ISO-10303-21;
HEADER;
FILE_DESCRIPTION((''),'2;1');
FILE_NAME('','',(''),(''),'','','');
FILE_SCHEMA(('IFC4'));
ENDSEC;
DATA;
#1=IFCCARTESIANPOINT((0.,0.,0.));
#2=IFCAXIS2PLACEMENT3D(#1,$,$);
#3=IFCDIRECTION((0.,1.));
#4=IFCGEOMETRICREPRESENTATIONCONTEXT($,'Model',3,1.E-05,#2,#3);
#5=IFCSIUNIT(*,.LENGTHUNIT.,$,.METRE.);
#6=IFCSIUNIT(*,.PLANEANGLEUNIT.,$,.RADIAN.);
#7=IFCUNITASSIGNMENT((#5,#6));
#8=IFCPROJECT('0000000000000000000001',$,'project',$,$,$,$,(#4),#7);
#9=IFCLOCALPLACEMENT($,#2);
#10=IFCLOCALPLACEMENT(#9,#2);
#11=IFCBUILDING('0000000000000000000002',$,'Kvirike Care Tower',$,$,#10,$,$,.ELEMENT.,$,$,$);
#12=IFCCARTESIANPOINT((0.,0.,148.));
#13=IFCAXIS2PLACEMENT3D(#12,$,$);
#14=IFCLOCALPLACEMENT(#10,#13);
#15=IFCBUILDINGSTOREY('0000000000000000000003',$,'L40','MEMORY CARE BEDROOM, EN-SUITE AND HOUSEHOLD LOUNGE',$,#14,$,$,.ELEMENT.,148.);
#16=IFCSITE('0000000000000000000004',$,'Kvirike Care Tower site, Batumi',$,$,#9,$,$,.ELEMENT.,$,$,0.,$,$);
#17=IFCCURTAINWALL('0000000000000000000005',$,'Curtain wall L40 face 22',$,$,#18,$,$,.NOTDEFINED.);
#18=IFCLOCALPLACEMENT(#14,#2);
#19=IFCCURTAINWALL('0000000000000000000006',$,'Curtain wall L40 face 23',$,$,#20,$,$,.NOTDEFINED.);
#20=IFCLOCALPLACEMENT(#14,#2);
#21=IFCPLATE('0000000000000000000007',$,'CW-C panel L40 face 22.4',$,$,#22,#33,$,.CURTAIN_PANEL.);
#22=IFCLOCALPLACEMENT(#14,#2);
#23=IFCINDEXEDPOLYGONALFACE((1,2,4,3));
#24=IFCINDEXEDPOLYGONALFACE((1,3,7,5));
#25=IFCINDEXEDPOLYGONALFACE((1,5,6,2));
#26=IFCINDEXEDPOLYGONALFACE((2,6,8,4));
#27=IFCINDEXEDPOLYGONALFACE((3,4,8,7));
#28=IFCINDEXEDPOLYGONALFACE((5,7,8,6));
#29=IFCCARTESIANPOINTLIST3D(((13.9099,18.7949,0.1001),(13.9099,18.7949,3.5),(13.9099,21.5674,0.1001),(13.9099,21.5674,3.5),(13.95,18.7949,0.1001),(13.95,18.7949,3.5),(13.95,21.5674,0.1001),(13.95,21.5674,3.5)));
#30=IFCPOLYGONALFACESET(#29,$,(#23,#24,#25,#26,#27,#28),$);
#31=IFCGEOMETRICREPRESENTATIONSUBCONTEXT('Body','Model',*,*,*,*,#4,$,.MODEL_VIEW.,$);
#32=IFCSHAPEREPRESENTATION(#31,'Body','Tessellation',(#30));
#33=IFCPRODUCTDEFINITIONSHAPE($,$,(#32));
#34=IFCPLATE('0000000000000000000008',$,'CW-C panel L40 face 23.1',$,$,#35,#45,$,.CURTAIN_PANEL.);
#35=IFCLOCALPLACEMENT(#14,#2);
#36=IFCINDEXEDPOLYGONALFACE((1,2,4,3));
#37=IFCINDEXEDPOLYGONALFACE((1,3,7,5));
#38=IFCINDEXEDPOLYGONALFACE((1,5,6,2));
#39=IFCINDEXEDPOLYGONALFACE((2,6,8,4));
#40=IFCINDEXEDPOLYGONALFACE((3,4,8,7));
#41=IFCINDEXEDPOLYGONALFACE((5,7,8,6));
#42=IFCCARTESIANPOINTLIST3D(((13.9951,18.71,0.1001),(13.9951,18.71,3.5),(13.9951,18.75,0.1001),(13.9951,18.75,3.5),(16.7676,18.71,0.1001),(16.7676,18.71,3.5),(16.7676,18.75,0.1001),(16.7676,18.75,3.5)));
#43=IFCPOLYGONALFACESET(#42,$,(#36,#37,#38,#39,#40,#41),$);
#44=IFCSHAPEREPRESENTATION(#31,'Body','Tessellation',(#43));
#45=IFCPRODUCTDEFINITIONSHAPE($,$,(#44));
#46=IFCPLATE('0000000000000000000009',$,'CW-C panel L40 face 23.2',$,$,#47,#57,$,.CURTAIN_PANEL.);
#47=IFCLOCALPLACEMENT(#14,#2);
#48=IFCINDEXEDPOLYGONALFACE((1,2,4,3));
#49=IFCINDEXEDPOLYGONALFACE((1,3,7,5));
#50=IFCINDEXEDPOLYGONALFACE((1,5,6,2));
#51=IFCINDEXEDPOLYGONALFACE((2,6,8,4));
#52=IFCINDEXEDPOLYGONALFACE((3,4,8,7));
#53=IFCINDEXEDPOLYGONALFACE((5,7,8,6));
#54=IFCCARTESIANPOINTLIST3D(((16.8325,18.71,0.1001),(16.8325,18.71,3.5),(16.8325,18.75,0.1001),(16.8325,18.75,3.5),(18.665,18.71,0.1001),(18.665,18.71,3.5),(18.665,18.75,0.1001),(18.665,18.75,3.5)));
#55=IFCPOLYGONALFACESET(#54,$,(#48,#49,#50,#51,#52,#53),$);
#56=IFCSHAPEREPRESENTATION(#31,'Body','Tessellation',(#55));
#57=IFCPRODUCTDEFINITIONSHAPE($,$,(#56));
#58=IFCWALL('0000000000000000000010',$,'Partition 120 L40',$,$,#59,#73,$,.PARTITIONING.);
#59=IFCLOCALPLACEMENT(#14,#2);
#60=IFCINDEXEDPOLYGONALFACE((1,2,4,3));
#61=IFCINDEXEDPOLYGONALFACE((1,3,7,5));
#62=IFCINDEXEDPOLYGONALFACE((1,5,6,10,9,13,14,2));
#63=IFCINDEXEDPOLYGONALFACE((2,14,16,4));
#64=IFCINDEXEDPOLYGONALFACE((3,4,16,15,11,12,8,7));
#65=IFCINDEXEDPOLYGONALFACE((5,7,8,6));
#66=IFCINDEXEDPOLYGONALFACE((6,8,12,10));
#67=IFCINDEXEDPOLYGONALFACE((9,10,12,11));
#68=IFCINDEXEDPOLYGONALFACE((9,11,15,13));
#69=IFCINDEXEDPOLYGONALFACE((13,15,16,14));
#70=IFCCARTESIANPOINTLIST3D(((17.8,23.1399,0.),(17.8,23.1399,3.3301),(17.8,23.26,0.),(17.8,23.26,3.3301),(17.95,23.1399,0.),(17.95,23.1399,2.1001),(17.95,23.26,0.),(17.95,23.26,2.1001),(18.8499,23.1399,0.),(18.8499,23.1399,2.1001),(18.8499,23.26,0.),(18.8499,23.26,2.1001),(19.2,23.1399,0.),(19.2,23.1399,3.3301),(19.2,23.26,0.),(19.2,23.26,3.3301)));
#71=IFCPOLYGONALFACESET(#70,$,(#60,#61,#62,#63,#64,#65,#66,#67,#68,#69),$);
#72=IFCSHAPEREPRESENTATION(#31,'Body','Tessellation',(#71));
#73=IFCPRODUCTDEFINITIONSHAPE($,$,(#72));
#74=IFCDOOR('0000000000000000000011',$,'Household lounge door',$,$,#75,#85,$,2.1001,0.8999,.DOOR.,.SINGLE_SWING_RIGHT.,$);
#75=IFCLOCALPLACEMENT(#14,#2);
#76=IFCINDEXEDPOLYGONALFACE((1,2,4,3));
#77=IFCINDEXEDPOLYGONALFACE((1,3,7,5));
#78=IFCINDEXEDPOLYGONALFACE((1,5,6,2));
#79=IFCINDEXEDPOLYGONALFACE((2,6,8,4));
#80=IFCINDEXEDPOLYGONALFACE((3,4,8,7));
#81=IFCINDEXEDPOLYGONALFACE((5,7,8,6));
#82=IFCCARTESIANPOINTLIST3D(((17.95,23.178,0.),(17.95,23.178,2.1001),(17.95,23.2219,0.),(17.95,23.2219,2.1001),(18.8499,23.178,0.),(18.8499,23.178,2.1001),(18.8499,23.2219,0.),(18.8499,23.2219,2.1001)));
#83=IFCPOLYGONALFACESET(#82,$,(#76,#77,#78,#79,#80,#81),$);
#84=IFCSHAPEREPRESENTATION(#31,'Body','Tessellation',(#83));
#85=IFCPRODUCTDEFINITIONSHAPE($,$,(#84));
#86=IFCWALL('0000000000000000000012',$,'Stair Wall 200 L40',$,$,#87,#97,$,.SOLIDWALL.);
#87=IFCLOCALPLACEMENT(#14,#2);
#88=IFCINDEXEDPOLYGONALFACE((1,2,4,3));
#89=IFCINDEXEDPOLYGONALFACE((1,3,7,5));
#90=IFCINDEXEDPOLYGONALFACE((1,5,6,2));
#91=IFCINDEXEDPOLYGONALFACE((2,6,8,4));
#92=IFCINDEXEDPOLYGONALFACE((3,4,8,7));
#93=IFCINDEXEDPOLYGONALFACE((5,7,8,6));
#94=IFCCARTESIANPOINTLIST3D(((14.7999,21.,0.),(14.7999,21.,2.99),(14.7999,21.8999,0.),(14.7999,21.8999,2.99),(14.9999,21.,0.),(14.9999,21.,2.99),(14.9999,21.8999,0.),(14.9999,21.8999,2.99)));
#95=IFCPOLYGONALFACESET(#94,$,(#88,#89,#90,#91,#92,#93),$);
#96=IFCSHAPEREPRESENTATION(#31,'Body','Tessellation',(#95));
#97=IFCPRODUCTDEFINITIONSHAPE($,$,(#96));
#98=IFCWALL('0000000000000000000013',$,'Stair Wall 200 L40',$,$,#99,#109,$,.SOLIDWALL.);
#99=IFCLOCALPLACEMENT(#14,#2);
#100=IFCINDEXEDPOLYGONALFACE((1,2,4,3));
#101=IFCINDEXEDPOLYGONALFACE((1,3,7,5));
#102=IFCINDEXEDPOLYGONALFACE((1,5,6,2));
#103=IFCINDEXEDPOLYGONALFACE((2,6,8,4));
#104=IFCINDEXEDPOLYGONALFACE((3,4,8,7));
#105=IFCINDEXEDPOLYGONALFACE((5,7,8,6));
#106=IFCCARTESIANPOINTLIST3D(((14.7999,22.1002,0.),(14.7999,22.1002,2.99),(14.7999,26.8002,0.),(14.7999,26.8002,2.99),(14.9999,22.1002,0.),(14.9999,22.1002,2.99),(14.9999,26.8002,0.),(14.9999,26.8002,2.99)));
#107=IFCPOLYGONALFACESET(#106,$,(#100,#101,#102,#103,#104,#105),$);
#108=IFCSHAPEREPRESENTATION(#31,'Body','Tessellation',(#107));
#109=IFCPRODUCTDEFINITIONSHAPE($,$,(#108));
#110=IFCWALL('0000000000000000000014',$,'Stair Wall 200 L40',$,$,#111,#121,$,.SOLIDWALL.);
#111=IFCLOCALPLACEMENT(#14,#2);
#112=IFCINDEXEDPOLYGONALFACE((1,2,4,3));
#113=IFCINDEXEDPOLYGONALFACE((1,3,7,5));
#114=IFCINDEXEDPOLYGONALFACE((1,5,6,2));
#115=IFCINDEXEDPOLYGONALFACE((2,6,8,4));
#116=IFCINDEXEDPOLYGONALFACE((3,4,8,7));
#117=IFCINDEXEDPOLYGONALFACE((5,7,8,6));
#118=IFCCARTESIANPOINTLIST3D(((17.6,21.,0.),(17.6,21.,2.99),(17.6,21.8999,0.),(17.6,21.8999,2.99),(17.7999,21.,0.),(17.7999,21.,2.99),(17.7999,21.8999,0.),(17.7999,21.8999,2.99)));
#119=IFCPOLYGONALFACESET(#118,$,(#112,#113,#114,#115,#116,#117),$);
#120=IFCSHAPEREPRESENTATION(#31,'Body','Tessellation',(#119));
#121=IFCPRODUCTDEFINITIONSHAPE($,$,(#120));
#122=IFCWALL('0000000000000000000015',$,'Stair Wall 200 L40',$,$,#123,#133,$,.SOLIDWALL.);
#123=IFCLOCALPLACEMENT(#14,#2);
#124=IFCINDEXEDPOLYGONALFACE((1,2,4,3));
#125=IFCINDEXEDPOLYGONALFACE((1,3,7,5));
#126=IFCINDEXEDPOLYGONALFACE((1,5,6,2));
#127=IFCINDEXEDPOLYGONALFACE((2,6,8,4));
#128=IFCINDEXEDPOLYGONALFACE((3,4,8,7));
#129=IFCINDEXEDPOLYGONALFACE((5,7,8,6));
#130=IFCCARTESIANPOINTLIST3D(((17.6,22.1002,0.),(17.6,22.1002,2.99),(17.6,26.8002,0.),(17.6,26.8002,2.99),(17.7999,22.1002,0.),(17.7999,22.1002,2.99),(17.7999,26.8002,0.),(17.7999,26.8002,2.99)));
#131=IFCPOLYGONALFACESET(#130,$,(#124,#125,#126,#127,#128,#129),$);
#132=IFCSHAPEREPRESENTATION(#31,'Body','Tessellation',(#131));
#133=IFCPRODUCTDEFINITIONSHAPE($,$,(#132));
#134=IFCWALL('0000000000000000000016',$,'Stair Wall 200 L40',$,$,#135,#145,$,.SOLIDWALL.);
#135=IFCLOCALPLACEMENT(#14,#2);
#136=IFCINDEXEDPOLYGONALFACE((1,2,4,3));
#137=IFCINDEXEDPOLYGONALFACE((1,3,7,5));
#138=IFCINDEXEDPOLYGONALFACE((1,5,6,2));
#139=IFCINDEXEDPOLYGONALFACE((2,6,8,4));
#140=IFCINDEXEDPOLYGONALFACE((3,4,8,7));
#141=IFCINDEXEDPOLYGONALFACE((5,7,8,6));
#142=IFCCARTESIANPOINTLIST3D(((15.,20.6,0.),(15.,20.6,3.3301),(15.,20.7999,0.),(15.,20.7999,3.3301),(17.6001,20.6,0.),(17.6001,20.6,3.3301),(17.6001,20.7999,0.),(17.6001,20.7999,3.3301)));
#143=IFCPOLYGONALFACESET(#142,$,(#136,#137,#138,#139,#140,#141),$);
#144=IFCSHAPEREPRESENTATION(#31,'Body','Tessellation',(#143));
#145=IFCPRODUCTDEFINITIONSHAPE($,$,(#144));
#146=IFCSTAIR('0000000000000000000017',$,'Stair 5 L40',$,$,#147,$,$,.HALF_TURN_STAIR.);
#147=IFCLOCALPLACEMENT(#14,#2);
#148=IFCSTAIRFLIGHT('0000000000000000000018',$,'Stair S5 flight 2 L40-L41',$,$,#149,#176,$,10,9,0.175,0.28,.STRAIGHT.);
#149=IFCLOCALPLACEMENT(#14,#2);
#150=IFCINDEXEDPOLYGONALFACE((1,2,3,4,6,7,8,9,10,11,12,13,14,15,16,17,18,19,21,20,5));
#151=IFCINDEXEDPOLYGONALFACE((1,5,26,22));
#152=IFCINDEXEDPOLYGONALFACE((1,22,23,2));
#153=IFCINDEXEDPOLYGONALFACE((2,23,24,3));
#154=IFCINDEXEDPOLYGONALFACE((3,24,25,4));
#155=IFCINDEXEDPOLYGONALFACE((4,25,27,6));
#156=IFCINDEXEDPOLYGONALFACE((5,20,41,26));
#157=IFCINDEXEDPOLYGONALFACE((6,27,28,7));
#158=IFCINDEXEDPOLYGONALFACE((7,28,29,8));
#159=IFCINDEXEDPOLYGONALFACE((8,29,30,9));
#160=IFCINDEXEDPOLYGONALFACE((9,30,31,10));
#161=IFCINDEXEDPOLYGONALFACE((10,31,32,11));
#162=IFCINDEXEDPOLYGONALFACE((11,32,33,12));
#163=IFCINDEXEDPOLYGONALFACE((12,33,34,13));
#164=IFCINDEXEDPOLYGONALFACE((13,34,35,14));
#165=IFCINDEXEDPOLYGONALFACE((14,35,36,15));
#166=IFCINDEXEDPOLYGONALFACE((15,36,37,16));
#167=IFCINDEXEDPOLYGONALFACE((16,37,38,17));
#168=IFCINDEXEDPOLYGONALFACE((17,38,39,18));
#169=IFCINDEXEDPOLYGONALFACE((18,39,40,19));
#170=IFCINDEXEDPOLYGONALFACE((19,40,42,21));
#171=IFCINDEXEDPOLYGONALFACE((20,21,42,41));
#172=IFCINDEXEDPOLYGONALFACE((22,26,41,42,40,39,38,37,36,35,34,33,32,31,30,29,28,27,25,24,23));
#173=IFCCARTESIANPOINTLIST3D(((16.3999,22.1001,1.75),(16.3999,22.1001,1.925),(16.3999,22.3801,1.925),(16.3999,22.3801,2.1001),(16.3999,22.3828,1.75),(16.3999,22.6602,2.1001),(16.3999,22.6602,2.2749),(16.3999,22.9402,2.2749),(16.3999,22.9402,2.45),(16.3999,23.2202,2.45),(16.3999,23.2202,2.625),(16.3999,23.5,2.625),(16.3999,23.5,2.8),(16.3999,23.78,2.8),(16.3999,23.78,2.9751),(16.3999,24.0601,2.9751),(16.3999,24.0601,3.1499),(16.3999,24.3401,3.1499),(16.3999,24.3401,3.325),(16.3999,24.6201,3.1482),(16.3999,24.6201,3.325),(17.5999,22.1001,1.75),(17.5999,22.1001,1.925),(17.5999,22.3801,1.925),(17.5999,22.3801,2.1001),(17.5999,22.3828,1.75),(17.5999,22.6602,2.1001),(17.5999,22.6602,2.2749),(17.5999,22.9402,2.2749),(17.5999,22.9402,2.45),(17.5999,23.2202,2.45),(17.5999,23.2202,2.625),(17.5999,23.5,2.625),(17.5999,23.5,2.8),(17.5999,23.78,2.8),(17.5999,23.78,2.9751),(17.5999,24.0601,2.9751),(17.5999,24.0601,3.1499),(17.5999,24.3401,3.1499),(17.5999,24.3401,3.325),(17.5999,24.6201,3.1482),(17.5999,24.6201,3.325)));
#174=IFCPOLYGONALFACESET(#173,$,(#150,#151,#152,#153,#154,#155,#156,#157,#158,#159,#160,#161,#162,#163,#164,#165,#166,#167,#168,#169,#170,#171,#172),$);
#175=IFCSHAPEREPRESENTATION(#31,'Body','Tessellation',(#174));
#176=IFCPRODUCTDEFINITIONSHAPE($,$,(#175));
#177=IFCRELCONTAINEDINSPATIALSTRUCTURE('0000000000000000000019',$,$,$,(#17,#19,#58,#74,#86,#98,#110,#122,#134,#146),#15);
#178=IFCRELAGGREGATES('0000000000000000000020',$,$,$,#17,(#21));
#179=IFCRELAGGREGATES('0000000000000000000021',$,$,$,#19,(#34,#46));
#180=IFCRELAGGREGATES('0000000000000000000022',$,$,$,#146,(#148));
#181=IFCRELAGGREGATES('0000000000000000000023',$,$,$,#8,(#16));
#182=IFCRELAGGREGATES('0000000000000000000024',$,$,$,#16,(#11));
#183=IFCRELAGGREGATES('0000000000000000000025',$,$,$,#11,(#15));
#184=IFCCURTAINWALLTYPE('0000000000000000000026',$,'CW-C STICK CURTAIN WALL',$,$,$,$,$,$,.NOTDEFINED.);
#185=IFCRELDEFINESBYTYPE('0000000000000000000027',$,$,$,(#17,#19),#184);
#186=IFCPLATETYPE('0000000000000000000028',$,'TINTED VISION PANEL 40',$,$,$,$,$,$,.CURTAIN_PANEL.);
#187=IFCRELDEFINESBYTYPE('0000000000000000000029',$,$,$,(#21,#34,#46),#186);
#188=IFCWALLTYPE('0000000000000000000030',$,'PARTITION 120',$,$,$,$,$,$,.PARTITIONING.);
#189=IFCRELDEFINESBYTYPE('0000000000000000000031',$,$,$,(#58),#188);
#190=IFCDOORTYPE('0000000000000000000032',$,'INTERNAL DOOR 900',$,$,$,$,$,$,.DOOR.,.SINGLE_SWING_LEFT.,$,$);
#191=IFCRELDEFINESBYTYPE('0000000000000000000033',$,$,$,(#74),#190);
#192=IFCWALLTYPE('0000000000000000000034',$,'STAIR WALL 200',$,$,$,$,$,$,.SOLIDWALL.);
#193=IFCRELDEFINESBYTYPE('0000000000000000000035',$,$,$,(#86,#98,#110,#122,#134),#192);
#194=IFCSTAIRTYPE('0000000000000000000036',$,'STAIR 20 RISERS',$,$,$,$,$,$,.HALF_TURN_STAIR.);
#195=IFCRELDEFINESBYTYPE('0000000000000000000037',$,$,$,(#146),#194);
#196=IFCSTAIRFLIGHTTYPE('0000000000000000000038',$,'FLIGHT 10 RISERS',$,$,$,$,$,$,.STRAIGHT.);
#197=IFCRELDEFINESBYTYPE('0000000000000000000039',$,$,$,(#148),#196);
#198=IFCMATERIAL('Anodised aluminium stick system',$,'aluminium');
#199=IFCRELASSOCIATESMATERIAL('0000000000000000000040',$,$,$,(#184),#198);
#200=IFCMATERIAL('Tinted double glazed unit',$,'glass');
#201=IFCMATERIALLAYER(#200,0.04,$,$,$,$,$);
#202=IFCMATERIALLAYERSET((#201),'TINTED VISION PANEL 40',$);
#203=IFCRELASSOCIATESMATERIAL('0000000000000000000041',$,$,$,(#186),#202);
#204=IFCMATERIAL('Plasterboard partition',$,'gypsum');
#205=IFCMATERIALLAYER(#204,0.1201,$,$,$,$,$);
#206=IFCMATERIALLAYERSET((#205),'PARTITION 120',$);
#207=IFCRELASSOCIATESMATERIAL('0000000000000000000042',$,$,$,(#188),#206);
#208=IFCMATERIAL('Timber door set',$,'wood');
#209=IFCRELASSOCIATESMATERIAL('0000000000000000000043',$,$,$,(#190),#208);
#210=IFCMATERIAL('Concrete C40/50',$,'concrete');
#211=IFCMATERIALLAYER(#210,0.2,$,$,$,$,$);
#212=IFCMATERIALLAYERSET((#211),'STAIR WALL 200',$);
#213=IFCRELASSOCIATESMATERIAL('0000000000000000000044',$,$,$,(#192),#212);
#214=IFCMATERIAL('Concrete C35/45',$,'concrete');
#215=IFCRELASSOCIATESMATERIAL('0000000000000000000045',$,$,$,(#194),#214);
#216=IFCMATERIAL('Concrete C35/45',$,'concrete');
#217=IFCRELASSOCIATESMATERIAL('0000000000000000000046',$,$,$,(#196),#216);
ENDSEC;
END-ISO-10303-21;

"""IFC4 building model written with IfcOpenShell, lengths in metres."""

from ifc_helpers import new_model, si_unit, direction, frame, frame_2d, origin, origin_2d, place, context, subcontext, project, spatial, polyline, rectangle, outline, extrude, material, layer, layer_set, type_object, element, fill, aggregate, save


model = new_model("IFC4")

# Units and contexts
model_context = context("Model", 3, precision=1e-05, world=origin(), true_north=direction((0.0, 1.0)))
body_context = subcontext(model_context, "Body", "Model", "MODEL_VIEW")
ifc_project = project(units=[si_unit("LENGTHUNIT", "METRE"), si_unit("PLANEANGLEUNIT", "RADIAN")], contexts=[model_context])

# Site, building, storey
site_placement = place(None, origin())
site = spatial("IfcSite", under=ifc_project, at=site_placement, Name="Kvirike Care Tower site, Batumi", CompositionType="ELEMENT", RefElevation=0.0)
building_placement = place(site_placement, origin())
building = spatial("IfcBuilding", under=site, at=building_placement, Name="Kvirike Care Tower", CompositionType="ELEMENT")
storey_placement = place(building_placement, frame((0.0, 0.0, 148.0)))
storey = spatial("IfcBuildingStorey", under=building, at=storey_placement, Name="L40", Description="MEMORY CARE BEDROOM, EN-SUITE AND HOUSEHOLD LOUNGE", CompositionType="ELEMENT", Elevation=148.0)

# Curtain walls
ifc_material_1 = material(Name="Anodised aluminium stick system", Category="aluminium")
curtain_wall_type = type_object("IfcCurtainWallType", Name="CW-C STICK CURTAIN WALL", PredefinedType="NOTDEFINED", material=ifc_material_1)
curtain_wall_1_placement = place(storey_placement, origin())
curtain_wall_1 = element("IfcCurtainWall", 1, at=curtain_wall_1_placement, inside=storey, type_object=curtain_wall_type, Name="Curtain wall L40 face 22", PredefinedType="NOTDEFINED")
curtain_wall_2_placement = place(storey_placement, origin())
curtain_wall_2 = element("IfcCurtainWall", 2, at=curtain_wall_2_placement, inside=storey, type_object=curtain_wall_type, Name="Curtain wall L40 face 23", PredefinedType="NOTDEFINED")

# Plates
ifc_material_2 = material(Name="Tinted double glazed unit", Category="glass")
ifc_layer_1 = layer(ifc_material_2, 0.04)
ifc_layer_set_1 = layer_set([ifc_layer_1], Name="TINTED VISION PANEL 40")
plate_type = type_object("IfcPlateType", Name="TINTED VISION PANEL 40", PredefinedType="CURTAIN_PANEL", material=ifc_layer_set_1)
plate_1_placement = place(storey_placement, frame((13.9299, 20.1812, 0.1001), z_axis=(0.0, 0.0, 1.0), x_axis=(0.0, -1.0, 0.0)))
plate_1 = element("IfcPlate", 3, at=plate_1_placement, type_object=plate_type, Name="CW-C panel L40 face 22.4", PredefinedType="CURTAIN_PANEL", context=body_context, shape_type="SweptSolid", body=[
    extrude(rectangle(XDim=2.7725, YDim=0.04, at=origin_2d()), origin(), (0.0, 0.0, 1.0), 3.3999),
])
aggregate(curtain_wall_1, [plate_1])
plate_2_placement = place(storey_placement, frame((15.3813, 18.73, 0.1001), z_axis=(0.0, 0.0, 1.0), x_axis=(1.0, 0.0, 0.0)))
plate_2 = element("IfcPlate", 4, at=plate_2_placement, type_object=plate_type, Name="CW-C panel L40 face 23.1", PredefinedType="CURTAIN_PANEL", context=body_context, shape_type="SweptSolid", body=[
    extrude(rectangle(XDim=2.7725, YDim=0.04, at=origin_2d()), origin(), (0.0, 0.0, 1.0), 3.3999),
])
plate_3_placement = place(storey_placement, frame((17.7488, 18.73, 0.1001), z_axis=(0.0, 0.0, 1.0), x_axis=(1.0, 0.0, 0.0)))
plate_3 = element("IfcPlate", 5, at=plate_3_placement, type_object=plate_type, Name="CW-C panel L40 face 23.2", PredefinedType="CURTAIN_PANEL", context=body_context, shape_type="SweptSolid", body=[
    extrude(rectangle(XDim=1.8325, YDim=0.04, at=origin_2d()), origin(), (0.0, 0.0, 1.0), 3.3999),
])
aggregate(curtain_wall_2, [plate_2, plate_3])

# Wall, opening, door
ifc_material_3 = material(Name="Plasterboard partition", Category="gypsum")
ifc_layer_2 = layer(ifc_material_3, 0.1201)
ifc_layer_set_2 = layer_set([ifc_layer_2], Name="PARTITION 120")
wall_type_1 = type_object("IfcWallType", Name="PARTITION 120", PredefinedType="PARTITIONING", material=ifc_layer_set_2)
wall_1_placement = place(storey_placement, frame((17.8, 23.2, 0.0), z_axis=(0.0, 0.0, 1.0), x_axis=(1.0, 0.0, 0.0)))
wall_1 = element("IfcWall", 6, at=wall_1_placement, inside=storey, type_object=wall_type_1, Name="Partition 120 L40", PredefinedType="PARTITIONING", context=body_context, shape_type="SweptSolid", body=[
    extrude(rectangle(XDim=1.3999, YDim=0.1201, at=frame_2d((0.7, 0.0))), origin(), (0.0, 0.0, 1.0), 3.3301),
])
opening_placement = place(wall_1_placement, frame((0.1499, 0.0, 0.0)))
opening = element("IfcOpeningElement", 7, at=opening_placement, cuts=wall_1, PredefinedType="OPENING", context=body_context, shape_type="SweptSolid", body=[
    extrude(rectangle(XDim=0.8999, YDim=2.1001, at=frame_2d((0.45, 1.05))), frame((0.0, 0.0706, 0.0), z_axis=(0.0, -1.0, 0.0), x_axis=(1.0, 0.0, 0.0)), (0.0, 0.0, 1.0), 0.1411),
])
ifc_material_4 = material(Name="Timber door set", Category="wood")
door_type = type_object("IfcDoorType", Name="INTERNAL DOOR 900", OperationType="SINGLE_SWING_LEFT", PredefinedType="DOOR", material=ifc_material_4)
door_placement = place(opening_placement, origin())
door = element("IfcDoor", 8, at=door_placement, inside=storey, type_object=door_type, Name="Household lounge door", OperationType="SINGLE_SWING_RIGHT", OverallHeight=2.1001, OverallWidth=0.8999, PredefinedType="DOOR", context=body_context, shape_type="SweptSolid", body=[
    extrude(rectangle(XDim=0.8999, YDim=2.1001, at=frame_2d((0.45, 1.05))), frame((0.0, 0.022, 0.0), z_axis=(0.0, -1.0, 0.0), x_axis=(1.0, 0.0, 0.0)), (0.0, 0.0, 1.0), 0.0439),
])
fill(opening, door)

# Walls
ifc_material_5 = material(Name="Concrete C40/50", Category="concrete")
ifc_layer_3 = layer(ifc_material_5, 0.2)
ifc_layer_set_3 = layer_set([ifc_layer_3], Name="STAIR WALL 200")
wall_type_2 = type_object("IfcWallType", Name="STAIR WALL 200", PredefinedType="SOLIDWALL", material=ifc_layer_set_3)
wall_2_placement = place(storey_placement, frame((14.8999, 21.0, 0.0), z_axis=(0.0, 0.0, 1.0), x_axis=(0.0, 1.0, 0.0)))
element("IfcWall", 9, at=wall_2_placement, inside=storey, type_object=wall_type_2, Name="Stair Wall 200 L40", PredefinedType="SOLIDWALL", context=body_context, shape_type="SweptSolid", body=[
    extrude(rectangle(XDim=0.8999, YDim=0.2, at=frame_2d((0.45, 0.0))), origin(), (0.0, 0.0, 1.0), 2.99),
])
wall_3_placement = place(storey_placement, frame((14.8999, 22.1001, 0.0), z_axis=(0.0, 0.0, 1.0), x_axis=(0.0, 1.0, 0.0)))
element("IfcWall", 10, at=wall_3_placement, inside=storey, type_object=wall_type_2, Name="Stair Wall 200 L40", PredefinedType="SOLIDWALL", context=body_context, shape_type="SweptSolid", body=[
    extrude(rectangle(XDim=4.7, YDim=0.2, at=frame_2d((2.3501, 0.0))), origin(), (0.0, 0.0, 1.0), 2.99),
])
wall_4_placement = place(storey_placement, frame((17.7, 21.0, 0.0), z_axis=(0.0, 0.0, 1.0), x_axis=(0.0, 1.0, 0.0)))
element("IfcWall", 11, at=wall_4_placement, inside=storey, type_object=wall_type_2, Name="Stair Wall 200 L40", PredefinedType="SOLIDWALL", context=body_context, shape_type="SweptSolid", body=[
    extrude(rectangle(XDim=0.8999, YDim=0.2, at=frame_2d((0.45, 0.0))), origin(), (0.0, 0.0, 1.0), 2.99),
])
wall_5_placement = place(storey_placement, frame((17.7, 22.1001, 0.0), z_axis=(0.0, 0.0, 1.0), x_axis=(0.0, 1.0, 0.0)))
element("IfcWall", 12, at=wall_5_placement, inside=storey, type_object=wall_type_2, Name="Stair Wall 200 L40", PredefinedType="SOLIDWALL", context=body_context, shape_type="SweptSolid", body=[
    extrude(rectangle(XDim=4.7, YDim=0.2, at=frame_2d((2.3501, 0.0))), origin(), (0.0, 0.0, 1.0), 2.99),
])
wall_6_placement = place(storey_placement, frame((15.0, 20.7, 0.0), z_axis=(0.0, 0.0, 1.0), x_axis=(1.0, 0.0, 0.0)))
element("IfcWall", 13, at=wall_6_placement, inside=storey, type_object=wall_type_2, Name="Stair Wall 200 L40", PredefinedType="SOLIDWALL", context=body_context, shape_type="SweptSolid", body=[
    extrude(rectangle(XDim=2.6001, YDim=0.2, at=frame_2d((1.3, 0.0))), origin(), (0.0, 0.0, 1.0), 3.3301),
])

# Stair, stair flight
ifc_material_6 = material(Name="Concrete C35/45", Category="concrete")
stair_type = type_object("IfcStairType", Name="STAIR 20 RISERS", PredefinedType="HALF_TURN_STAIR", material=ifc_material_6)
stair_placement = place(storey_placement, origin())
stair = element("IfcStair", 14, at=stair_placement, inside=storey, type_object=stair_type, Name="Stair 5 L40", PredefinedType="HALF_TURN_STAIR")
ifc_material_7 = material(Name="Concrete C35/45", Category="concrete")
stair_flight_type = type_object("IfcStairFlightType", Name="FLIGHT 10 RISERS", PredefinedType="STRAIGHT", material=ifc_material_7)
stair_flight_placement = place(storey_placement, frame((17.0, 22.1001, 1.75), z_axis=(0.0, 0.0, 1.0), x_axis=(0.0, 1.0, 0.0)))
stair_flight = element("IfcStairFlight", 15, at=stair_flight_placement, type_object=stair_flight_type, Name="Stair S5 flight 2 L40-L41", NumberOfRisers=10, NumberOfTreads=9, PredefinedType="STRAIGHT", RiserHeight=0.175, TreadLength=0.28, context=body_context, shape_type="SweptSolid", body=[
    extrude(outline(polyline([(0.0, 0.0), (0.0, 0.175), (0.28, 0.175), (0.28, 0.3501), (0.5601, 0.3501), (0.5601, 0.5249), (0.8401, 0.5249), (0.8401, 0.7), (1.1201, 0.7), (1.1201, 0.875), (1.3999, 0.875), (1.3999, 1.05), (1.6799, 1.05), (1.6799, 1.2251), (1.96, 1.2251), (1.96, 1.3999), (2.24, 1.3999), (2.24, 1.575), (2.52, 1.575), (2.52, 1.75), (2.52, 1.3982), (0.2827, 0.0), (0.0, 0.0)])), frame((0.0, 0.6001, 0.0), z_axis=(0.0, -1.0, 0.0), x_axis=(1.0, 0.0, 0.0)), (0.0, 0.0, 1.0), 1.2),
])
aggregate(stair, [stair_flight])

save(model, "model.ifc")
